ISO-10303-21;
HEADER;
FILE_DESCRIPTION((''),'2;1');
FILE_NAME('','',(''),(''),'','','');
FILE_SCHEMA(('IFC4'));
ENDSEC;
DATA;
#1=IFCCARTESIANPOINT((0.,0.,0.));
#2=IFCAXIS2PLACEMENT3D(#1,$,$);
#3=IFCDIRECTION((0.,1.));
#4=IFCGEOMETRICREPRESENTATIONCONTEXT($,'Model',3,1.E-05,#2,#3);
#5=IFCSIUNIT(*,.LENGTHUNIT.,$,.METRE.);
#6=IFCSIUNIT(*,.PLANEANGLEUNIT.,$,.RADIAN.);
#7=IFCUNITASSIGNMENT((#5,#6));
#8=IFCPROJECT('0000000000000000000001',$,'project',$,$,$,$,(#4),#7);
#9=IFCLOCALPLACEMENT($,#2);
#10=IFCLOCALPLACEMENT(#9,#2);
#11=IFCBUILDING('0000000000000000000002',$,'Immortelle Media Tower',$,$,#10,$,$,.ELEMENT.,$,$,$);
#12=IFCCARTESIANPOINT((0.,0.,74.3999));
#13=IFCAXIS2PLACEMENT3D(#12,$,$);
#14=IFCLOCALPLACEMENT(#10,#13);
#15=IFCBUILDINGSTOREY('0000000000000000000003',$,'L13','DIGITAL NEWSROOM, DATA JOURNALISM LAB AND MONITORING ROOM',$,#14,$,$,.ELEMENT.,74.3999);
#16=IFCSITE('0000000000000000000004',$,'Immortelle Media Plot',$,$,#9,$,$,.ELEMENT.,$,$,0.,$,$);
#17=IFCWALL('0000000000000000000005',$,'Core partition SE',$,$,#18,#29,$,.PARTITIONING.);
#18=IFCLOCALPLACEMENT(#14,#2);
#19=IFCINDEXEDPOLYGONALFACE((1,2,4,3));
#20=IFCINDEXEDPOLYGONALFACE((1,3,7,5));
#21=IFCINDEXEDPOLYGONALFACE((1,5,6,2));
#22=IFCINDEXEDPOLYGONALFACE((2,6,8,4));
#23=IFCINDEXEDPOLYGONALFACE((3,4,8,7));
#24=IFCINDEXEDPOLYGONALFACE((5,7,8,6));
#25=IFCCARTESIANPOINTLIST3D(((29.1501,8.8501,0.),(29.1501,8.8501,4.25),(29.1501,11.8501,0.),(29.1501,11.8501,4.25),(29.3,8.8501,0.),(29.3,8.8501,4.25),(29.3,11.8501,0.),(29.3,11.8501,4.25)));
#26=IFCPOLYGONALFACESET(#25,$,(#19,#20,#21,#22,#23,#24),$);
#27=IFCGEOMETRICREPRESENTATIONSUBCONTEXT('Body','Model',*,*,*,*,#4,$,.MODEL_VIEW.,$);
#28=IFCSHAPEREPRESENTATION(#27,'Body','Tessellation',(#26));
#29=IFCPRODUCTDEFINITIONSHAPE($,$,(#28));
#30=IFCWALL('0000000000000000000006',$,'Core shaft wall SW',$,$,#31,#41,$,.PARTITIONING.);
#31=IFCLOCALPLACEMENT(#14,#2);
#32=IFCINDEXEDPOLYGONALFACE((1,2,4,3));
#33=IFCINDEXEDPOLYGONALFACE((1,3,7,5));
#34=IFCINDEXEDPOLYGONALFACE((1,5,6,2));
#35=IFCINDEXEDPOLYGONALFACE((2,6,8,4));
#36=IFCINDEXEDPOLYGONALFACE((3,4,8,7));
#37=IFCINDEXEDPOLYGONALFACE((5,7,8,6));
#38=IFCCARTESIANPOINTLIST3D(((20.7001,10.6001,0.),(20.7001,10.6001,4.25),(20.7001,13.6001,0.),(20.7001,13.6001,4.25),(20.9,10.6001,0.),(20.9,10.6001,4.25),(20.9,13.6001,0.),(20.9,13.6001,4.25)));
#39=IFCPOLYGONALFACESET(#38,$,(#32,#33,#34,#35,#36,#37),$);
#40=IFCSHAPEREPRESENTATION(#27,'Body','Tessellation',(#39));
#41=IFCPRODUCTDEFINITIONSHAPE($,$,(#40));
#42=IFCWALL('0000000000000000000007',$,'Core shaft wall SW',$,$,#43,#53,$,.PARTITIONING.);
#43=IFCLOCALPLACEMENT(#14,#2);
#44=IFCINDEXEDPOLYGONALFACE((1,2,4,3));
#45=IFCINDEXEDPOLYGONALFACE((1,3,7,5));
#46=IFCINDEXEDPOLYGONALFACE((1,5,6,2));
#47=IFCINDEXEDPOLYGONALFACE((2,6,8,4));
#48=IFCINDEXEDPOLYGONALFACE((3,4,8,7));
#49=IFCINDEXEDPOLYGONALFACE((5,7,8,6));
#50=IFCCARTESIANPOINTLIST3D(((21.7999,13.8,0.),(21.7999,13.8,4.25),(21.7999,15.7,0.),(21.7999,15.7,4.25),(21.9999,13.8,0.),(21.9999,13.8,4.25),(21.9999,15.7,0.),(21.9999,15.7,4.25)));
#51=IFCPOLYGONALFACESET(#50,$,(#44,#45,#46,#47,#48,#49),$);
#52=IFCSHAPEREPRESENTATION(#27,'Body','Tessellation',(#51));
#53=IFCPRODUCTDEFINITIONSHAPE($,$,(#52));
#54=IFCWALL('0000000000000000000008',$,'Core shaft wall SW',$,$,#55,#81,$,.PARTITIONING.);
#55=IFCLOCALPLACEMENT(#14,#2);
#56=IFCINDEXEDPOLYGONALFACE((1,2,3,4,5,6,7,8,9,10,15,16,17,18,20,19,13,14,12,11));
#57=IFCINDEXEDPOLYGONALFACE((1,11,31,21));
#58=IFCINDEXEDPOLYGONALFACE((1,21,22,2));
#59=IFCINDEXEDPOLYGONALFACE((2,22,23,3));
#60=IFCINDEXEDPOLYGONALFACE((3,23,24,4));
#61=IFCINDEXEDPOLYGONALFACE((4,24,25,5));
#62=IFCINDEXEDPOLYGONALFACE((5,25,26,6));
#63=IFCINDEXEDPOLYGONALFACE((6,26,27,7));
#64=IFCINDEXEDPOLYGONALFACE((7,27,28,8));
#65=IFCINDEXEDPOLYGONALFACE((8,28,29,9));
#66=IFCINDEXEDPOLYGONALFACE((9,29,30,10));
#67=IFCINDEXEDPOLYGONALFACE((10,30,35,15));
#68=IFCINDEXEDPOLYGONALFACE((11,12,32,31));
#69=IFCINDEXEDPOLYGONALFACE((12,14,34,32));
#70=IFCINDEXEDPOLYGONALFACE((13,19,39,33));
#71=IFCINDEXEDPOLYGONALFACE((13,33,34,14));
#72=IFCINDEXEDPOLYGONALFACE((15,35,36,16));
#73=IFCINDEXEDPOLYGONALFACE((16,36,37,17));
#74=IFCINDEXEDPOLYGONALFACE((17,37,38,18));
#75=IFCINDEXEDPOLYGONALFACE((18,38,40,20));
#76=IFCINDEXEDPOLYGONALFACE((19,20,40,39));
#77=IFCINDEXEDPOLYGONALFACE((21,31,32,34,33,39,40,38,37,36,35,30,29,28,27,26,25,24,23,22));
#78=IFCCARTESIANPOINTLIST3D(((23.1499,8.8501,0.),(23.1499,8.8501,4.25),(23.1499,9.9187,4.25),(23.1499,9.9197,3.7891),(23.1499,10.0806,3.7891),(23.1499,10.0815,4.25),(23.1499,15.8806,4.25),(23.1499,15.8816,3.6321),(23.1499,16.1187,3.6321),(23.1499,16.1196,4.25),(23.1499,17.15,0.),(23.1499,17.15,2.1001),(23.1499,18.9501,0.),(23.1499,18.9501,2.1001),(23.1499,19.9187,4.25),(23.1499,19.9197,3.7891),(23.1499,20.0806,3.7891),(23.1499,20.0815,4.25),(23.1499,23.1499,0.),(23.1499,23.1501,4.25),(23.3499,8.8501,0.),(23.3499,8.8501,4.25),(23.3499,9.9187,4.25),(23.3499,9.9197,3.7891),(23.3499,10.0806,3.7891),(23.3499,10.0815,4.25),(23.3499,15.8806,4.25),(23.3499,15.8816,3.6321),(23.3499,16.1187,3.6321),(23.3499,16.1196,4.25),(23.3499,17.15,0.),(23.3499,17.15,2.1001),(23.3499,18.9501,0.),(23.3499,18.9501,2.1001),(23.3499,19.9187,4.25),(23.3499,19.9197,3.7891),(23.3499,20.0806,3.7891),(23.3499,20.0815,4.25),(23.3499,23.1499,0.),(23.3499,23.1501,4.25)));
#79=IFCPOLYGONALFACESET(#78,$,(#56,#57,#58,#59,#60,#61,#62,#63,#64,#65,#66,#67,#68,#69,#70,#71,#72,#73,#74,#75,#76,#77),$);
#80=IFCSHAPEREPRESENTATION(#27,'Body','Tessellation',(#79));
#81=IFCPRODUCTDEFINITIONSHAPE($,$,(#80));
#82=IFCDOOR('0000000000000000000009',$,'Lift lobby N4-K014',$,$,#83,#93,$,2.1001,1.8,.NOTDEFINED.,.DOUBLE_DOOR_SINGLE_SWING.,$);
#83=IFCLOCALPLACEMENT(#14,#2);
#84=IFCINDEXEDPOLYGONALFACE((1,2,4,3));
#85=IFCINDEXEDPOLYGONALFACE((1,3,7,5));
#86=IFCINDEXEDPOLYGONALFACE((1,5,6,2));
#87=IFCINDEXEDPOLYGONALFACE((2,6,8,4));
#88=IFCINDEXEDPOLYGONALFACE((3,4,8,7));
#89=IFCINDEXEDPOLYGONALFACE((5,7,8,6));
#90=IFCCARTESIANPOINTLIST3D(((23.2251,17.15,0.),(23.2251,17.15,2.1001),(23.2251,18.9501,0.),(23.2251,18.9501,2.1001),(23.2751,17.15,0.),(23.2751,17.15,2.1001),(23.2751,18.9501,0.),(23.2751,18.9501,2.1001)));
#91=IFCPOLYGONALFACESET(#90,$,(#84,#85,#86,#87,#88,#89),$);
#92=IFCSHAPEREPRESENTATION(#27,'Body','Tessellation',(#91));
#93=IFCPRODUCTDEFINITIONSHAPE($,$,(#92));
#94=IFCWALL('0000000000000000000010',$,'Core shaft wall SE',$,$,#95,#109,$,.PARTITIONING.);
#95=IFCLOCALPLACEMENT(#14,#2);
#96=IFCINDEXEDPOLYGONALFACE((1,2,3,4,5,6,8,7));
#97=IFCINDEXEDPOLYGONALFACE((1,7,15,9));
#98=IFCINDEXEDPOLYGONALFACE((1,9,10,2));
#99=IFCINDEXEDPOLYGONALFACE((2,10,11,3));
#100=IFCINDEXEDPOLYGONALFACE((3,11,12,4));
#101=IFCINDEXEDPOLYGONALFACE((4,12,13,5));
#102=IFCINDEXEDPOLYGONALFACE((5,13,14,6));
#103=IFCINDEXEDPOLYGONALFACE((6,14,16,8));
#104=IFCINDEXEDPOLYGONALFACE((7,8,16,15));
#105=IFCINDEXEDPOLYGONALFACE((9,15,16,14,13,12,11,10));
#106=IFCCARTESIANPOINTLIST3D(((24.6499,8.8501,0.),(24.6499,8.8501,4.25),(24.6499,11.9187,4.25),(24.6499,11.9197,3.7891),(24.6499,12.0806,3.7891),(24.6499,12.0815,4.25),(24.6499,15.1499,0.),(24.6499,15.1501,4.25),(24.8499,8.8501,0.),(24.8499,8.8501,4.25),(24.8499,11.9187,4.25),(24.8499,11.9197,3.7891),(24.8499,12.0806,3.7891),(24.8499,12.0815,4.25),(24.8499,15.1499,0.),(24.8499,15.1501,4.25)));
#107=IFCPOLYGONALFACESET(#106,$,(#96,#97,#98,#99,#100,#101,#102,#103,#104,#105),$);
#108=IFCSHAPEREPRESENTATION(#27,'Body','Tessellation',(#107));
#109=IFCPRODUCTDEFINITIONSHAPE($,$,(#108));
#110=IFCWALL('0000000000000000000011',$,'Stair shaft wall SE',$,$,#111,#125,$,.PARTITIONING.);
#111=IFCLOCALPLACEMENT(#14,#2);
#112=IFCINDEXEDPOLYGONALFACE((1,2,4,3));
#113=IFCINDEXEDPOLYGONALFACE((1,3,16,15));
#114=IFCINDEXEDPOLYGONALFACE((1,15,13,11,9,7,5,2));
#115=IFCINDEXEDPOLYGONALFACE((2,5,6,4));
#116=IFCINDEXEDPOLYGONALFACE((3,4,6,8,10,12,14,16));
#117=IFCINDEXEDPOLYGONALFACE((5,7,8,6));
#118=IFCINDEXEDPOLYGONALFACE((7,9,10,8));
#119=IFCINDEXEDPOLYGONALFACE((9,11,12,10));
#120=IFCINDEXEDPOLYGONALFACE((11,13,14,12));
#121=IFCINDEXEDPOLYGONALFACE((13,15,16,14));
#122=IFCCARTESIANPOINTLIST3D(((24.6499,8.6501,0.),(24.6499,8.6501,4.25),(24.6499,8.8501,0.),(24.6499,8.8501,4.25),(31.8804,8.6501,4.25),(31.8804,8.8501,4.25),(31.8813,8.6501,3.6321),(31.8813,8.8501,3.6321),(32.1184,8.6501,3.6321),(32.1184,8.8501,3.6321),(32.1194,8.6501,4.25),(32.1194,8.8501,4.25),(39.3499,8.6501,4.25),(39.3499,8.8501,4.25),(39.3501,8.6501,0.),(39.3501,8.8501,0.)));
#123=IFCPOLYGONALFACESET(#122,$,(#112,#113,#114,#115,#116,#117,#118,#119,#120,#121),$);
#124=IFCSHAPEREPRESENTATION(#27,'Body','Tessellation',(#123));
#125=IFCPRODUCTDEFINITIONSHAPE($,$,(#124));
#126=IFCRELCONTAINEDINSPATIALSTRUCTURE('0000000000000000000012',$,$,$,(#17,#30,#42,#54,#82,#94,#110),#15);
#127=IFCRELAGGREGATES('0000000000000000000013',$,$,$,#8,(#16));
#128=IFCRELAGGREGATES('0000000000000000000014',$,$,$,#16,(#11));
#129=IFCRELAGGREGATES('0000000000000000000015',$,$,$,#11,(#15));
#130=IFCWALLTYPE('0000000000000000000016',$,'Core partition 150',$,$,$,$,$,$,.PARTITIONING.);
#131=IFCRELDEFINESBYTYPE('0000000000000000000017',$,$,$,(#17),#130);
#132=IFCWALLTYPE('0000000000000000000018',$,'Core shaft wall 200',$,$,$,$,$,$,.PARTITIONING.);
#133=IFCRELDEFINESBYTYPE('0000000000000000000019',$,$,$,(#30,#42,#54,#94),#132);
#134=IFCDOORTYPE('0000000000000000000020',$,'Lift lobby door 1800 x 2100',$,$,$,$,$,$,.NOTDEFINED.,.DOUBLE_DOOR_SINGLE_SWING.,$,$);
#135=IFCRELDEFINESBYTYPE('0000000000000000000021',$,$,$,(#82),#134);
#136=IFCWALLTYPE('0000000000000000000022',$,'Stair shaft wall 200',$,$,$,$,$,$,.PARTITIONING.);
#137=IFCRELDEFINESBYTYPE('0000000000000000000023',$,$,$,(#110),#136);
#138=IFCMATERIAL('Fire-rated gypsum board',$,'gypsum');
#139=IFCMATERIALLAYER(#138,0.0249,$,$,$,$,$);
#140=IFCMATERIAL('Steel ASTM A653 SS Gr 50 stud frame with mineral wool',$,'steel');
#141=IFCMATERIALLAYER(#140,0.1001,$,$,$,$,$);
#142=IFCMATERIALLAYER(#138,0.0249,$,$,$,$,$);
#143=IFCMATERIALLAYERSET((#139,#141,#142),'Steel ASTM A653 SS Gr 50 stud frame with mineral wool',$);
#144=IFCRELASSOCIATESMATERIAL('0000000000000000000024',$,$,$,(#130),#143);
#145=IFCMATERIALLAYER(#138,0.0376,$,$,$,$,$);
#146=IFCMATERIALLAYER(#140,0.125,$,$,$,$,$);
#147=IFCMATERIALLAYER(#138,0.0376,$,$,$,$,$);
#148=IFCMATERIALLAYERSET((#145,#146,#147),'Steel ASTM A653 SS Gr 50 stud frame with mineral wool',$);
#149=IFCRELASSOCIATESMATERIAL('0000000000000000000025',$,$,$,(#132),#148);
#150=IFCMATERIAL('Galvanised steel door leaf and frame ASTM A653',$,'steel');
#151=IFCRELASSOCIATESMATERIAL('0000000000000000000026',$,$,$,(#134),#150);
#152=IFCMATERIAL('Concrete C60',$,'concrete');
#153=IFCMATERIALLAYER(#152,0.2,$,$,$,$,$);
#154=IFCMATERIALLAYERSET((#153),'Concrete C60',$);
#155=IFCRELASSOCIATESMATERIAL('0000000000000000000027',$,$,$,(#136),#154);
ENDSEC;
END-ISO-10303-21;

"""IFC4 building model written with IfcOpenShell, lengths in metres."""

from ifc_helpers import new_model, si_unit, direction, frame, frame_2d, origin, place, context, subcontext, project, spatial, polyline, rectangle, outline, extrude, material, layer, layer_set, type_object, element, fill, save


model = new_model("IFC4")

# Units and contexts
model_context = context("Model", 3, precision=1e-05, world=origin(), true_north=direction((0.0, 1.0)))
body_context = subcontext(model_context, "Body", "Model", "MODEL_VIEW")
ifc_project = project(units=[si_unit("LENGTHUNIT", "METRE"), si_unit("PLANEANGLEUNIT", "RADIAN")], contexts=[model_context])

# Site, building, storey
site_placement = place(None, origin())
site = spatial("IfcSite", under=ifc_project, at=site_placement, Name="Immortelle Media Plot", CompositionType="ELEMENT", RefElevation=0.0)
building_placement = place(site_placement, origin())
building = spatial("IfcBuilding", under=site, at=building_placement, Name="Immortelle Media Tower", CompositionType="ELEMENT")
storey_placement = place(building_placement, frame((0.0, 0.0, 74.3999)))
storey = spatial("IfcBuildingStorey", under=building, at=storey_placement, Name="L13", Description="DIGITAL NEWSROOM, DATA JOURNALISM LAB AND MONITORING ROOM", CompositionType="ELEMENT", Elevation=74.3999)

# Shared definitions
ifc_material_1 = material(Name="Fire-rated gypsum board", Category="gypsum")
ifc_layer_1 = layer(ifc_material_1, 0.0249)
ifc_material_2 = material(Name="Steel ASTM A653 SS Gr 50 stud frame with mineral wool", Category="steel")
ifc_layer_2 = layer(ifc_material_2, 0.1001)
ifc_layer_3 = layer(ifc_material_1, 0.0249)
ifc_layer_set_1 = layer_set([ifc_layer_1, ifc_layer_2, ifc_layer_3], Name="Steel ASTM A653 SS Gr 50 stud frame with mineral wool")
wall_type_1 = type_object("IfcWallType", Name="Core partition 150", PredefinedType="PARTITIONING", material=ifc_layer_set_1)

# Walls
for number, where, z_axis, x_axis, name in (
    (1, (29.2251, 8.8501, 0.0), (0.0, 0.0, 1.0), (0.0, 1.0, 0.0), "Core partition SE"),
):
    element("IfcWall", number, at=place(storey_placement, frame(where, z_axis=z_axis, x_axis=x_axis)), inside=storey, type_object=wall_type_1, Name=name, PredefinedType="PARTITIONING", context=body_context, shape_type="SweptSolid", body=[
        extrude(rectangle(XDim=3.0, YDim=0.1499, at=frame_2d((1.5, 0.0))), origin(), (0.0, 0.0, 1.0), 4.25),
    ])
ifc_layer_4 = layer(ifc_material_1, 0.0376)
ifc_layer_5 = layer(ifc_material_2, 0.125)
ifc_layer_6 = layer(ifc_material_1, 0.0376)
ifc_layer_set_2 = layer_set([ifc_layer_4, ifc_layer_5, ifc_layer_6], Name="Steel ASTM A653 SS Gr 50 stud frame with mineral wool")
wall_type_2 = type_object("IfcWallType", Name="Core shaft wall 200", PredefinedType="PARTITIONING", material=ifc_layer_set_2)
wall_1_placement = place(storey_placement, frame((20.8, 10.6001, 0.0), z_axis=(0.0, 0.0, 1.0), x_axis=(0.0, 1.0, 0.0)))
element("IfcWall", 2, at=wall_1_placement, inside=storey, type_object=wall_type_2, Name="Core shaft wall SW", PredefinedType="PARTITIONING", context=body_context, shape_type="SweptSolid", body=[
    extrude(rectangle(XDim=3.0, YDim=0.2, at=frame_2d((1.5, 0.0))), origin(), (0.0, 0.0, 1.0), 4.25),
])
wall_2_placement = place(storey_placement, frame((21.8999, 13.8, 0.0), z_axis=(0.0, 0.0, 1.0), x_axis=(0.0, 1.0, 0.0)))
element("IfcWall", 3, at=wall_2_placement, inside=storey, type_object=wall_type_2, Name="Core shaft wall SW", PredefinedType="PARTITIONING", context=body_context, shape_type="SweptSolid", body=[
    extrude(rectangle(XDim=1.8999, YDim=0.2, at=frame_2d((0.95, 0.0))), origin(), (0.0, 0.0, 1.0), 4.25),
])

# Wall, opening, door
wall_3_placement = place(storey_placement, frame((23.25, 8.8501, 0.0), z_axis=(0.0, 0.0, 1.0), x_axis=(0.0, 1.0, 0.0)))
wall_3 = element("IfcWall", 4, at=wall_3_placement, inside=storey, type_object=wall_type_2, Name="Core shaft wall SW", PredefinedType="PARTITIONING", context=body_context, shape_type="SweptSolid", body=[
    extrude(outline(polyline([(0.0, 0.0), (14.2998, 0.0), (14.3, 4.25), (11.2314, 4.25), (11.2305, 3.7891), (11.0696, 3.7891), (11.0686, 4.25), (7.2695, 4.25), (7.2686, 3.6321), (7.0315, 3.6321), (7.0305, 4.25), (1.2314, 4.25), (1.2305, 3.7891), (1.0696, 3.7891), (1.0686, 4.25), (0.0, 4.25), (0.0, 0.0)])), frame((0.0, 0.1001, 0.0), z_axis=(0.0, -1.0, 0.0), x_axis=(1.0, 0.0, 0.0)), (0.0, 0.0, 1.0), 0.2),
])
opening_1_placement = place(wall_3_placement, frame((8.3, 0.0, 0.0)))
opening_1 = element("IfcOpeningElement", 5, at=opening_1_placement, cuts=wall_3, PredefinedType="OPENING", context=body_context, shape_type="SweptSolid", body=[
    extrude(rectangle(XDim=1.8, YDim=2.1001, at=frame_2d((0.8999, 1.05))), frame((0.0, 0.1099, 0.0), z_axis=(0.0, -1.0, 0.0), x_axis=(1.0, 0.0, 0.0)), (0.0, 0.0, 1.0), 0.22),
])
ifc_material_3 = material(Name="Galvanised steel door leaf and frame ASTM A653", Category="steel")
door_type_1 = type_object("IfcDoorType", Name="Lift lobby door 1800 x 2100", OperationType="DOUBLE_DOOR_SINGLE_SWING", PredefinedType="NOTDEFINED", material=ifc_material_3)
door_1_placement = place(opening_1_placement, origin())
door_1 = element("IfcDoor", 6, at=door_1_placement, inside=storey, type_object=door_type_1, Name="Lift lobby N4-K014", OperationType="DOUBLE_DOOR_SINGLE_SWING", OverallHeight=2.1001, OverallWidth=1.8, PredefinedType="NOTDEFINED", context=body_context, shape_type="SweptSolid", body=[
    extrude(rectangle(XDim=1.8, YDim=2.1001, at=frame_2d((0.8999, 1.05))), frame((0.0, 0.0249, 0.0), z_axis=(0.0, -1.0, 0.0), x_axis=(1.0, 0.0, 0.0)), (0.0, 0.0, 1.0), 0.05),
])
fill(opening_1, door_1)

# Walls
wall_4_placement = place(storey_placement, frame((24.75, 8.8501, 0.0), z_axis=(0.0, 0.0, 1.0), x_axis=(0.0, 1.0, 0.0)))
element("IfcWall", 7, at=wall_4_placement, inside=storey, type_object=wall_type_2, Name="Core shaft wall SE", PredefinedType="PARTITIONING", context=body_context, shape_type="SweptSolid", body=[
    extrude(outline(polyline([(0.0, 0.0), (6.2998, 0.0), (6.3, 4.25), (3.2314, 4.25), (3.2305, 3.7891), (3.0696, 3.7891), (3.0686, 4.25), (0.0, 4.25), (0.0, 0.0)])), frame((0.0, 0.1001, 0.0), z_axis=(0.0, -1.0, 0.0), x_axis=(1.0, 0.0, 0.0)), (0.0, 0.0, 1.0), 0.2),
])
ifc_material_4 = material(Name="Concrete C60", Category="concrete")
ifc_layer_7 = layer(ifc_material_4, 0.2)
ifc_layer_set_3 = layer_set([ifc_layer_7], Name="Concrete C60")
wall_type_3 = type_object("IfcWallType", Name="Stair shaft wall 200", PredefinedType="PARTITIONING", material=ifc_layer_set_3)
wall_5_placement = place(storey_placement, frame((24.6499, 8.75, 0.0), z_axis=(0.0, 0.0, 1.0), x_axis=(1.0, 0.0, 0.0)))
element("IfcWall", 8, at=wall_5_placement, inside=storey, type_object=wall_type_3, Name="Stair shaft wall SE", PredefinedType="PARTITIONING", context=body_context, shape_type="SweptSolid", body=[
    extrude(outline(polyline([(0.0, 0.0), (14.7002, 0.0), (14.7, 4.25), (7.4695, 4.25), (7.4685, 3.6321), (7.2314, 3.6321), (7.2305, 4.25), (0.0, 4.25), (0.0, 0.0)])), frame((0.0, 0.1001, 0.0), z_axis=(0.0, -1.0, 0.0), x_axis=(1.0, 0.0, 0.0)), (0.0, 0.0, 1.0), 0.2),
])

save(model, "model.ifc")
